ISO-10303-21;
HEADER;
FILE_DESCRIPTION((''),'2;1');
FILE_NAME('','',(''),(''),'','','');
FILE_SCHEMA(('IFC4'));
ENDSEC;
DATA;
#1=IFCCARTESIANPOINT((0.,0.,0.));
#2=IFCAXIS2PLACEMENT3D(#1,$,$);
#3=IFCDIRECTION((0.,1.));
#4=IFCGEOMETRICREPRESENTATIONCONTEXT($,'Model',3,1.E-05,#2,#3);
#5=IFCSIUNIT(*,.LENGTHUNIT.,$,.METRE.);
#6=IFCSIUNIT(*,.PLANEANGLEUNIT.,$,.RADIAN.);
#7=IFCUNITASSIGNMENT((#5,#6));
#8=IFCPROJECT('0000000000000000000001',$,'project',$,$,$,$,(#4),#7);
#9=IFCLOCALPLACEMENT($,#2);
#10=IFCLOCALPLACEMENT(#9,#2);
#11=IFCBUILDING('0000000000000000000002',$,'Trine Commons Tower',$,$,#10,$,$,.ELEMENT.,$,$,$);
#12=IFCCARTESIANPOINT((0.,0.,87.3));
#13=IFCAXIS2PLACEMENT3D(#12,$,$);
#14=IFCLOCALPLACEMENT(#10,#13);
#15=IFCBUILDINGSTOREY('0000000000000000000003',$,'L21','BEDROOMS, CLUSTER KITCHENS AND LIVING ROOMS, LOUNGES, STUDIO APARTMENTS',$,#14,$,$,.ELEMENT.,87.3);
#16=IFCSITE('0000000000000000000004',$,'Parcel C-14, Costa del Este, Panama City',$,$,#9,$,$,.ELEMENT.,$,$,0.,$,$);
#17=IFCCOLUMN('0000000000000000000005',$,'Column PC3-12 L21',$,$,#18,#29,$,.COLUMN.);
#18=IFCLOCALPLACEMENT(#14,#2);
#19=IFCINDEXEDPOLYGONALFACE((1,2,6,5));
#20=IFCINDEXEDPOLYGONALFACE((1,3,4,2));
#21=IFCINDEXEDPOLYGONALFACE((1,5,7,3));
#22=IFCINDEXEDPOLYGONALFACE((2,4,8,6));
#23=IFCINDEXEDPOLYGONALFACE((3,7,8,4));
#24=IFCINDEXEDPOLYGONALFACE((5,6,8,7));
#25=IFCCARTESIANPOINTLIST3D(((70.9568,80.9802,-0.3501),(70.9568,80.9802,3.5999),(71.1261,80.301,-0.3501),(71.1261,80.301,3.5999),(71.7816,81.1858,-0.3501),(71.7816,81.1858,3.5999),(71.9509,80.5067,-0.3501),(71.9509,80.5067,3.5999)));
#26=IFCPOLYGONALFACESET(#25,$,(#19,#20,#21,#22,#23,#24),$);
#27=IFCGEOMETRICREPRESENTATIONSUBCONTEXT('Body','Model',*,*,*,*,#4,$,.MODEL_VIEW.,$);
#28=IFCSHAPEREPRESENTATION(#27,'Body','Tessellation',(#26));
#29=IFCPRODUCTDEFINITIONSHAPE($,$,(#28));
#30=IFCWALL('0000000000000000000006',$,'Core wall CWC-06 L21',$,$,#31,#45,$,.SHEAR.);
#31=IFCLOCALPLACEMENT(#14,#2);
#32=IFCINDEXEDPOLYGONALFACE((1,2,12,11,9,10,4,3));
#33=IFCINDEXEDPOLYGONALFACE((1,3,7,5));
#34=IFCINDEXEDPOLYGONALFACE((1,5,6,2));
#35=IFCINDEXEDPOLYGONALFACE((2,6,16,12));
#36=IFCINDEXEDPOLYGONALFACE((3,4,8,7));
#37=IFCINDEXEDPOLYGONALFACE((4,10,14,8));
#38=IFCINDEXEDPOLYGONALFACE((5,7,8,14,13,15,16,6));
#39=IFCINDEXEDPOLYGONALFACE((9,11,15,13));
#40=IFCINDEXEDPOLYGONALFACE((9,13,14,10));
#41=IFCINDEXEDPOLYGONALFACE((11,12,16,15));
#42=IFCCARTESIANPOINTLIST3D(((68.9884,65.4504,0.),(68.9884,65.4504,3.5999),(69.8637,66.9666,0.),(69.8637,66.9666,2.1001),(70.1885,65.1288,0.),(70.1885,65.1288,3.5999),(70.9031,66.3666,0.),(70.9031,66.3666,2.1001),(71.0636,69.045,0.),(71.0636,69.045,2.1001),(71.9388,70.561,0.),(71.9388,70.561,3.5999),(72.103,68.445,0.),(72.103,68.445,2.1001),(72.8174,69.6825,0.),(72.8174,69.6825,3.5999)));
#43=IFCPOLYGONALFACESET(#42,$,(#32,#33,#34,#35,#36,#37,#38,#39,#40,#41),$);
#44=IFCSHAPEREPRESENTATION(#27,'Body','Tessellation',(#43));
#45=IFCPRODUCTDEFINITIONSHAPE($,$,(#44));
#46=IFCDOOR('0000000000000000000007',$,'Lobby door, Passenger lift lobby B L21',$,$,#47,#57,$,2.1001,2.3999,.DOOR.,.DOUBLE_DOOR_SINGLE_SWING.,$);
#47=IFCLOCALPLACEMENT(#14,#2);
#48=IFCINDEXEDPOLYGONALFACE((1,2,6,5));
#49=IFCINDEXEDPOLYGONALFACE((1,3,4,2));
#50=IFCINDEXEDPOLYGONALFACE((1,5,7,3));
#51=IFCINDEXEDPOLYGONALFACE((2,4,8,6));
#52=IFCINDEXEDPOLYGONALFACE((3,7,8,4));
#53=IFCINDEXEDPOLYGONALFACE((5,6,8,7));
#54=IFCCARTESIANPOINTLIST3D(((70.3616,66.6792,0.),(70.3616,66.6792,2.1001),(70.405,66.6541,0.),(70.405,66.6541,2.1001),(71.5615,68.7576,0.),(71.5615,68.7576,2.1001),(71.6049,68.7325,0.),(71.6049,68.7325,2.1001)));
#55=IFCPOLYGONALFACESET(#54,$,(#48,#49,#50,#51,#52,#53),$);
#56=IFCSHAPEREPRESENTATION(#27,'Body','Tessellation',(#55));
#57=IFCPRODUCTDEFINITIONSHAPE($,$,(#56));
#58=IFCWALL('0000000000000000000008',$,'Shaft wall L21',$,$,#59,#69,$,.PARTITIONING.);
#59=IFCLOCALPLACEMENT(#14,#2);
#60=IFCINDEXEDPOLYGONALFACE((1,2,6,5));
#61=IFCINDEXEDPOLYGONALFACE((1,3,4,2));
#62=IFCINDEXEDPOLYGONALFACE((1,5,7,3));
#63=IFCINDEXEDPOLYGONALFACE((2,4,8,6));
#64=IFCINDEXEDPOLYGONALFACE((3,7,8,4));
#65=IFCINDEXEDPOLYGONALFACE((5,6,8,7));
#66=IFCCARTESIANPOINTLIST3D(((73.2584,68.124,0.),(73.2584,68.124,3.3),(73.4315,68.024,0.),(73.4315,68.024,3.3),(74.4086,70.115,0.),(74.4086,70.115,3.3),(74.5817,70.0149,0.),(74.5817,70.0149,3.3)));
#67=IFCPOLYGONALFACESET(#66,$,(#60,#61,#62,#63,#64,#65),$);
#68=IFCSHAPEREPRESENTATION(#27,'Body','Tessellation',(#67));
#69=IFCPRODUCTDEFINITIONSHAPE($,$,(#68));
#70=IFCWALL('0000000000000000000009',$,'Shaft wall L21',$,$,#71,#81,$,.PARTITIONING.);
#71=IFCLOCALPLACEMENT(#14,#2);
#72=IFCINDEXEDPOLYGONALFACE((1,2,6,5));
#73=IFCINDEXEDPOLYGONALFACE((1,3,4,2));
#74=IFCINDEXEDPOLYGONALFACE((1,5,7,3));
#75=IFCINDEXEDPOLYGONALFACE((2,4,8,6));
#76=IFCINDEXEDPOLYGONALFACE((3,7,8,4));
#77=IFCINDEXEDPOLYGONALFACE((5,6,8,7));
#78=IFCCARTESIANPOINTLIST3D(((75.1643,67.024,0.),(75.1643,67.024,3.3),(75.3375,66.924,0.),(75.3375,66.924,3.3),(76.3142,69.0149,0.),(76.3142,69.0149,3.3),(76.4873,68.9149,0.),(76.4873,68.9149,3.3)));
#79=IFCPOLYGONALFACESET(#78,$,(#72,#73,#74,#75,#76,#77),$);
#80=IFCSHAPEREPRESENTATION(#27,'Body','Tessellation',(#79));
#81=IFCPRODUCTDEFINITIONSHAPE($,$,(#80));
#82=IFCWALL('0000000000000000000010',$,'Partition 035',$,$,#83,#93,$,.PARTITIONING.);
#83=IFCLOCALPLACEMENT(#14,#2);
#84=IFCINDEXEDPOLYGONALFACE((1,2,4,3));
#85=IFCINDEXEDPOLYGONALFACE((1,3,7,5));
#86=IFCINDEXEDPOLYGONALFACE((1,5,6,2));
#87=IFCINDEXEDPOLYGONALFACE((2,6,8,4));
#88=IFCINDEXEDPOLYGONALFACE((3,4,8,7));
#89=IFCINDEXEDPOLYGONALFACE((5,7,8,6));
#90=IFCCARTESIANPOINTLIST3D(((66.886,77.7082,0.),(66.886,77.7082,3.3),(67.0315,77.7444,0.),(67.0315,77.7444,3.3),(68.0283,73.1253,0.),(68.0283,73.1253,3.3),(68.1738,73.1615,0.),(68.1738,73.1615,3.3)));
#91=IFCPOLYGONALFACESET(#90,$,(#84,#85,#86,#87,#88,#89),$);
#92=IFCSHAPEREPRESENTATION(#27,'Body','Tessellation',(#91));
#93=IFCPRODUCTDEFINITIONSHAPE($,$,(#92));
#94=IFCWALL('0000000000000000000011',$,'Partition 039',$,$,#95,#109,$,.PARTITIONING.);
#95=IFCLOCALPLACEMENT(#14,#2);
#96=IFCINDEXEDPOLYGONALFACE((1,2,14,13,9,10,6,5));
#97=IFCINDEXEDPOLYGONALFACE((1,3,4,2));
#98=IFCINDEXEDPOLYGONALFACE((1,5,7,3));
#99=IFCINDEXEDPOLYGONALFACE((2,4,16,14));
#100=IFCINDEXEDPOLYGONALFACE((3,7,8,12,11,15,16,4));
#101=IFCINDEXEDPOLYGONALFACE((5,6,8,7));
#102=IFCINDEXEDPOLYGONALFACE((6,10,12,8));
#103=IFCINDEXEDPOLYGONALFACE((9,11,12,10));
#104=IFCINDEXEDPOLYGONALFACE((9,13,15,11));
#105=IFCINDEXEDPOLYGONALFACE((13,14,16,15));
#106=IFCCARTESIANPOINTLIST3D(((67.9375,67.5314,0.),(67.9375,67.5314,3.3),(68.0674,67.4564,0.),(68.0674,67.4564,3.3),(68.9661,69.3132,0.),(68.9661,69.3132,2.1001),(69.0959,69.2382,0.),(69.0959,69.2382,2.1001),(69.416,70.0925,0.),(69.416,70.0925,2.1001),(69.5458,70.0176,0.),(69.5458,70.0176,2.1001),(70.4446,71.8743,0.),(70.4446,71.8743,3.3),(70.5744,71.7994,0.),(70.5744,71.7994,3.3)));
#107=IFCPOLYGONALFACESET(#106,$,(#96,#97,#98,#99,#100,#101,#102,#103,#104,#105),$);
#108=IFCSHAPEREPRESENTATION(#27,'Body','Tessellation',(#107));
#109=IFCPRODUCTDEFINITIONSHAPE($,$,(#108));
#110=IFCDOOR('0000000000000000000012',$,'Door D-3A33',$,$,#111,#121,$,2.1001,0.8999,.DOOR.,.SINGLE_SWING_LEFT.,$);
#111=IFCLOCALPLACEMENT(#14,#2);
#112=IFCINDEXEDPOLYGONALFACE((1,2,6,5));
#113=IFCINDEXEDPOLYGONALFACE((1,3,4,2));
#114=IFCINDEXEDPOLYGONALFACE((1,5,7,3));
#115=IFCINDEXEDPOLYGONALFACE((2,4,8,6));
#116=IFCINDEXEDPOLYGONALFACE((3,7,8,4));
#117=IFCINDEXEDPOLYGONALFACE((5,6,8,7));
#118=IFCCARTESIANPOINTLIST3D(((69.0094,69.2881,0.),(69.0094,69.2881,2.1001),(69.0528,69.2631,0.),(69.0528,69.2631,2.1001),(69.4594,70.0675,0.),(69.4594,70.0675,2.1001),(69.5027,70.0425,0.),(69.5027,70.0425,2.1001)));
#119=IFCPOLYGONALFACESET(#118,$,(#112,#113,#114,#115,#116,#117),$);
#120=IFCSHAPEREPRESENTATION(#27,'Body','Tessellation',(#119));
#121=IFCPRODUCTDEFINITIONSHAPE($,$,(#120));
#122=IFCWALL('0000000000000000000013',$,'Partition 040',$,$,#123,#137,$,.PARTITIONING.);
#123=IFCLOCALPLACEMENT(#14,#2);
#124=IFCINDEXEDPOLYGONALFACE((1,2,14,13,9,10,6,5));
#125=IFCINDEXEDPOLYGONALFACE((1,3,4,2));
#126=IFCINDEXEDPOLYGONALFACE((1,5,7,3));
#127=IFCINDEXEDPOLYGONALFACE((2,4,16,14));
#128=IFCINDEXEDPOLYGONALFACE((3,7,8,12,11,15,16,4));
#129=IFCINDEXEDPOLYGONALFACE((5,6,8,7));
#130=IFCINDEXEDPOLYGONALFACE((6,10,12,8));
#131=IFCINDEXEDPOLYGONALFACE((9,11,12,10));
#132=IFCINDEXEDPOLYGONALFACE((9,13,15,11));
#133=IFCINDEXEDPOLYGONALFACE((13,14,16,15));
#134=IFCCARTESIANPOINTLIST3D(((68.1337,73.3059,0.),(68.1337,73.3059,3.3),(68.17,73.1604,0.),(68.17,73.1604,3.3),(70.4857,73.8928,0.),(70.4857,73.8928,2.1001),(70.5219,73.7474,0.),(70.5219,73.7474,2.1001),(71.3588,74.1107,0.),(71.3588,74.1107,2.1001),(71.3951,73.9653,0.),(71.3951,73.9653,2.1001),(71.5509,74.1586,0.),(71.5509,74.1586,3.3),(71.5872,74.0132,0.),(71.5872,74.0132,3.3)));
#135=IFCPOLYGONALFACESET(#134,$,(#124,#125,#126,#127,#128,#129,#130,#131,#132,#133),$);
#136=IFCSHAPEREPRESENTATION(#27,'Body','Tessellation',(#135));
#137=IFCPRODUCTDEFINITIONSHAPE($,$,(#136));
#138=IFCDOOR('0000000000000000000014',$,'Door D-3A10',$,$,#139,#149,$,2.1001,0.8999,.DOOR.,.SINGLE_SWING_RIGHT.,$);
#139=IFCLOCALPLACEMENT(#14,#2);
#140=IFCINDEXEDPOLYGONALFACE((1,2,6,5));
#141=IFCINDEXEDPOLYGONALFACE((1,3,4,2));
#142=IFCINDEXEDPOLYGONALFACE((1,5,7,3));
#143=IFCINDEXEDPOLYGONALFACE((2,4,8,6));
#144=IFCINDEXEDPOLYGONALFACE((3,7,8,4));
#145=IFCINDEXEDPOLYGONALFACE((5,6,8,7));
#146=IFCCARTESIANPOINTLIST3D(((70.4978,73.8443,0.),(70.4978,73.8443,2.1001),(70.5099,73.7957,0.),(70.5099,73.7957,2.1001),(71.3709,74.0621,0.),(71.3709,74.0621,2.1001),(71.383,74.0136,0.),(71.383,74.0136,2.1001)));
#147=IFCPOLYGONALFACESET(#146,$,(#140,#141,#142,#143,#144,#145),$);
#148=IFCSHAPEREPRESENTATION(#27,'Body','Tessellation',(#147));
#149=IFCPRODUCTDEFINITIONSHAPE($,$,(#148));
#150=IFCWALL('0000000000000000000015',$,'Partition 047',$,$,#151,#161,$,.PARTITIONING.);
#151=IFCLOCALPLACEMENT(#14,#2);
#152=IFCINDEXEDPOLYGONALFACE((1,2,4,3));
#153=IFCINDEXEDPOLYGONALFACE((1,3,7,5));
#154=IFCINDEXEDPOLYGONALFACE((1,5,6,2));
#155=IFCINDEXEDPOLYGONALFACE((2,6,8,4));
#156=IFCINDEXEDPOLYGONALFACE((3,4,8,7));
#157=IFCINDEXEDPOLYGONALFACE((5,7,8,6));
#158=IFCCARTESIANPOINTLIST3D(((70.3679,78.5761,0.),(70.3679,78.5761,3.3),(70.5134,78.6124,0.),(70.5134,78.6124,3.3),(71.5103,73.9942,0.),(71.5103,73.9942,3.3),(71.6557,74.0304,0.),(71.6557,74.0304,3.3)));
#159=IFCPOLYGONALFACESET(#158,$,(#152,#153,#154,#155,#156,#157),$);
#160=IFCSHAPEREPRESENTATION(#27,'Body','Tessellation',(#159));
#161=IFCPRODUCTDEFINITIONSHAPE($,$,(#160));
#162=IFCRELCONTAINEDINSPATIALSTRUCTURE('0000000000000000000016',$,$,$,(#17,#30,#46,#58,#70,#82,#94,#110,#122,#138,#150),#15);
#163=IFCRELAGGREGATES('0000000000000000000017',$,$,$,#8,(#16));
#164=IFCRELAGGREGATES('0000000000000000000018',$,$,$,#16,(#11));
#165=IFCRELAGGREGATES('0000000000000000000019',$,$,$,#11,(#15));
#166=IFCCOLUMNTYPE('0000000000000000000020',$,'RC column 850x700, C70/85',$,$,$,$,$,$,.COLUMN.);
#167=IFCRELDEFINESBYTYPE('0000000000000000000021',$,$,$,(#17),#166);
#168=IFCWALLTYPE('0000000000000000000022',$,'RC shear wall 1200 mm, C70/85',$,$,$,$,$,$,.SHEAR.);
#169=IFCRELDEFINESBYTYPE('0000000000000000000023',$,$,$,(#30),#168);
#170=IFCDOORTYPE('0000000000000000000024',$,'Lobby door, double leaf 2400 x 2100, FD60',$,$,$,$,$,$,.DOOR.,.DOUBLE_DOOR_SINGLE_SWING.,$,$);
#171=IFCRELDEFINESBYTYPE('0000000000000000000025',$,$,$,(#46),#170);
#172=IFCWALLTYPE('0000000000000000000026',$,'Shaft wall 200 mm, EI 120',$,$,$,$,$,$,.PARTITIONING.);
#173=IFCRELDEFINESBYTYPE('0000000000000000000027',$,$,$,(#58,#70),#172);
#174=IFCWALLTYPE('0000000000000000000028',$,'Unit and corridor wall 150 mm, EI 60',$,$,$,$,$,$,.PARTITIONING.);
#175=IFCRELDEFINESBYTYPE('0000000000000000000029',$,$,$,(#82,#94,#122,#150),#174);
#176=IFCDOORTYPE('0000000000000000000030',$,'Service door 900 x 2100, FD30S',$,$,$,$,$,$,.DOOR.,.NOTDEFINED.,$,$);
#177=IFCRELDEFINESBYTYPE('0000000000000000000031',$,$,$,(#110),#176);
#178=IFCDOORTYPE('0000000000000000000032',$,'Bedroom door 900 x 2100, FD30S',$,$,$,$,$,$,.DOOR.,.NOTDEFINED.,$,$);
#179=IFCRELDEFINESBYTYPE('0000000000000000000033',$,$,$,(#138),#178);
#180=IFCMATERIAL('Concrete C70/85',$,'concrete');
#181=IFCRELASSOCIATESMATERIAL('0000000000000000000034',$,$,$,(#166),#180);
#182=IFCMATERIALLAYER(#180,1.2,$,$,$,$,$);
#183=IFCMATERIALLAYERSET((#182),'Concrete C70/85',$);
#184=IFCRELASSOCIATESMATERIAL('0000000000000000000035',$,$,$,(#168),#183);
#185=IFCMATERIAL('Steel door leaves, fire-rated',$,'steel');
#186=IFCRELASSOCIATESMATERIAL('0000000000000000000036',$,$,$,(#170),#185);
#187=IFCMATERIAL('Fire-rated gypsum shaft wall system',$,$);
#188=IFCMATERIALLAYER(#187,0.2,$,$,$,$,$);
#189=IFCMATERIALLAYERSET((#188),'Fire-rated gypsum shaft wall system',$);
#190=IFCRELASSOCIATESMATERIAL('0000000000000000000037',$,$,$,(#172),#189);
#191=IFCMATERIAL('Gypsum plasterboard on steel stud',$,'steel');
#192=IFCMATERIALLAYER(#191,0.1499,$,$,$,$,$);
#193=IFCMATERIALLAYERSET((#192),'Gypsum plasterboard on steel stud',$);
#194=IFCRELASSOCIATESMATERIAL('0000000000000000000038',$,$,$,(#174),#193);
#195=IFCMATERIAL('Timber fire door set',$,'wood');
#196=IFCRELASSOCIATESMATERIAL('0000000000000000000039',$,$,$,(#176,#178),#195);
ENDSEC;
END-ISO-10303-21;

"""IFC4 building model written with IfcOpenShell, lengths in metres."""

from ifc_helpers import new_model, si_unit, direction, frame, frame_2d, origin, origin_2d, place, context, subcontext, project, spatial, polyline, rectangle, outline, extrude, material, layer, layer_set, material_profile, profile_set, type_object, element, fill, save


model = new_model("IFC4")

# Units and contexts
model_context = context("Model", 3, precision=1e-05, world=origin(), true_north=direction((0.0, 1.0)))
body_context = subcontext(model_context, "Body", "Model", "MODEL_VIEW")
ifc_project = project(units=[si_unit("LENGTHUNIT", "METRE"), si_unit("PLANEANGLEUNIT", "RADIAN")], contexts=[model_context])

# Site, building, storey
site_placement = place(None, origin())
site = spatial("IfcSite", under=ifc_project, at=site_placement, Name="Parcel C-14, Costa del Este, Panama City", CompositionType="ELEMENT", RefElevation=0.0)
building_placement = place(site_placement, origin())
building = spatial("IfcBuilding", under=site, at=building_placement, Name="Trine Commons Tower", CompositionType="ELEMENT")
storey_placement = place(building_placement, frame((0.0, 0.0, 87.3)))
storey = spatial("IfcBuildingStorey", under=building, at=storey_placement, Name="L21", Description="BEDROOMS, CLUSTER KITCHENS AND LIVING ROOMS, LOUNGES, STUDIO APARTMENTS", CompositionType="ELEMENT", Elevation=87.3)

# Column
ifc_material_1 = material(Name="Concrete C70/85", Category="concrete")
ifc_material_profile = material_profile(ifc_material_1, rectangle(XDim=0.8501, YDim=0.7, at=origin_2d()), Name="RC 850x700")
ifc_profile_set = profile_set([ifc_material_profile], Name="Concrete C70/85")
column_type = type_object("IfcColumnType", Name="RC column 850x700, C70/85", PredefinedType="COLUMN", material=ifc_profile_set)
column_placement = place(storey_placement, frame((71.4539, 80.7434, -0.3501), z_axis=(0.0, 0.0, 1.0), x_axis=(0.970296, 0.241922, 0.0)))
element("IfcColumn", 1, at=column_placement, inside=storey, type_object=column_type, Name="Column PC3-12 L21", PredefinedType="COLUMN", context=body_context, shape_type="SweptSolid", body=[
    extrude(rectangle(XDim=0.8501, YDim=0.7, at=origin_2d()), origin(), (0.0, 0.0, 1.0), 3.95),
])

# Wall, opening, door
ifc_layer_1 = layer(ifc_material_1, 1.2)
ifc_layer_set_1 = layer_set([ifc_layer_1], Name="Concrete C70/85")
wall_type_1 = type_object("IfcWallType", Name="RC shear wall 1200 mm, C70/85", PredefinedType="SHEAR", material=ifc_layer_set_1)
wall_1_placement = place(storey_placement, frame((72.4585, 70.261, 0.0), z_axis=(0.0, 0.0, 1.0), x_axis=(-0.499979, -0.866037, 0.0)))
wall_1 = element("IfcWall", 2, at=wall_1_placement, inside=storey, type_object=wall_type_1, Name="Core wall CWC-06 L21", PredefinedType="SHEAR", context=body_context, shape_type="SweptSolid", body=[
    extrude(outline(polyline([(0.0, -0.6001), (5.9011, -0.6001), (5.5796, 0.6001), (0.3215, 0.6001), (0.0, -0.6001)])), origin(), (0.0, 0.0, 1.0), 3.5999),
])
opening_1_placement = place(wall_1_placement, frame((1.7505, 0.0, 0.0)))
opening_1 = element("IfcOpeningElement", 3, at=opening_1_placement, cuts=wall_1, PredefinedType="OPENING", context=body_context, shape_type="SweptSolid", body=[
    extrude(rectangle(XDim=2.3999, YDim=2.1001, at=frame_2d((1.2, 1.05))), frame((0.0, 0.6099, 0.0), z_axis=(0.0, -1.0, 0.0), x_axis=(1.0, 0.0, 0.0)), (0.0, 0.0, 1.0), 1.22),
])
ifc_material_2 = material(Name="Steel door leaves, fire-rated", Category="steel")
door_type_1 = type_object("IfcDoorType", Name="Lobby door, double leaf 2400 x 2100, FD60", OperationType="DOUBLE_DOOR_SINGLE_SWING", PredefinedType="DOOR", material=ifc_material_2)
door_1_placement = place(opening_1_placement, origin())
door_1 = element("IfcDoor", 4, at=door_1_placement, inside=storey, type_object=door_type_1, Name="Lobby door, Passenger lift lobby B L21", OperationType="DOUBLE_DOOR_SINGLE_SWING", OverallHeight=2.1001, OverallWidth=2.3999, PredefinedType="DOOR", context=body_context, shape_type="SweptSolid", body=[
    extrude(rectangle(XDim=2.3999, YDim=2.1001, at=frame_2d((1.2, 1.05))), frame((0.0, 0.0249, 0.0), z_axis=(0.0, -1.0, 0.0), x_axis=(1.0, 0.0, 0.0)), (0.0, 0.0, 1.0), 0.05),
])
fill(opening_1, door_1)

# Walls
ifc_material_3 = material(Name="Fire-rated gypsum shaft wall system")
ifc_layer_2 = layer(ifc_material_3, 0.2)
ifc_layer_set_2 = layer_set([ifc_layer_2], Name="Fire-rated gypsum shaft wall system")
wall_type_2 = type_object("IfcWallType", Name="Shaft wall 200 mm, EI 120", PredefinedType="PARTITIONING", material=ifc_layer_set_2)
wall_2_placement = place(storey_placement, frame((73.345, 68.074, 0.0), z_axis=(0.0, 0.0, 1.0), x_axis=(0.500216, 0.865901, 0.0)))
element("IfcWall", 5, at=wall_2_placement, inside=storey, type_object=wall_type_2, Name="Shaft wall L21", PredefinedType="PARTITIONING", context=body_context, shape_type="SweptSolid", body=[
    extrude(rectangle(XDim=2.2993, YDim=0.2, at=frame_2d((1.1497, 0.0))), origin(), (0.0, 0.0, 1.0), 3.3),
])
wall_3_placement = place(storey_placement, frame((75.251, 66.9741, 0.0), z_axis=(0.0, 0.0, 1.0), x_axis=(0.500136, 0.865947, 0.0)))
element("IfcWall", 6, at=wall_3_placement, inside=storey, type_object=wall_type_2, Name="Shaft wall L21", PredefinedType="PARTITIONING", context=body_context, shape_type="SweptSolid", body=[
    extrude(rectangle(XDim=2.2991, YDim=0.2, at=frame_2d((1.1494, 0.0))), origin(), (0.0, 0.0, 1.0), 3.3),
])
ifc_material_4 = material(Name="Gypsum plasterboard on steel stud", Category="steel")
ifc_layer_3 = layer(ifc_material_4, 0.1499)
ifc_layer_set_3 = layer_set([ifc_layer_3], Name="Gypsum plasterboard on steel stud")
wall_type_3 = type_object("IfcWallType", Name="Unit and corridor wall 150 mm, EI 60", PredefinedType="PARTITIONING", material=ifc_layer_set_3)
wall_4_placement = place(storey_placement, frame((66.9587, 77.7263, 0.0), z_axis=(0.0, 0.0, 1.0), x_axis=(0.241854, -0.970313, 0.0)))
element("IfcWall", 7, at=wall_4_placement, inside=storey, type_object=wall_type_3, Name="Partition 035", PredefinedType="PARTITIONING", context=body_context, shape_type="SweptSolid", body=[
    extrude(rectangle(XDim=4.7231, YDim=0.1499, at=frame_2d((2.3616, 0.0))), origin(), (0.0, 0.0, 1.0), 3.3),
])

# Walls, openings, doors
wall_5_placement = place(storey_placement, frame((68.0024, 67.4939, 0.0), z_axis=(0.0, 0.0, 1.0), x_axis=(0.499946, 0.866057, 0.0)))
wall_5 = element("IfcWall", 8, at=wall_5_placement, inside=storey, type_object=wall_type_3, Name="Partition 039", PredefinedType="PARTITIONING", context=body_context, shape_type="SweptSolid", body=[
    extrude(rectangle(XDim=5.0146, YDim=0.1499, at=frame_2d((2.5073, 0.0))), origin(), (0.0, 0.0, 1.0), 3.3),
])
opening_2_placement = place(wall_5_placement, frame((2.0574, 0.0, 0.0)))
opening_2 = element("IfcOpeningElement", 9, at=opening_2_placement, cuts=wall_5, PredefinedType="OPENING", context=body_context, shape_type="SweptSolid", body=[
    extrude(rectangle(XDim=0.8999, YDim=2.1001, at=frame_2d((0.45, 1.05))), frame((0.0, 0.085, 0.0), z_axis=(0.0, -1.0, 0.0), x_axis=(1.0, 0.0, 0.0)), (0.0, 0.0, 1.0), 0.1699),
])
ifc_material_5 = material(Name="Timber fire door set", Category="wood")
door_type_2 = type_object("IfcDoorType", Name="Service door 900 x 2100, FD30S", OperationType="NOTDEFINED", PredefinedType="DOOR", material=ifc_material_5)
door_2_placement = place(opening_2_placement, origin())
door_2 = element("IfcDoor", 10, at=door_2_placement, inside=storey, type_object=door_type_2, Name="Door D-3A33", OperationType="SINGLE_SWING_LEFT", OverallHeight=2.1001, OverallWidth=0.8999, PredefinedType="DOOR", context=body_context, shape_type="SweptSolid", body=[
    extrude(rectangle(XDim=0.8999, YDim=2.1001, at=frame_2d((0.45, 1.05))), frame((0.0, 0.0249, 0.0), z_axis=(0.0, -1.0, 0.0), x_axis=(1.0, 0.0, 0.0)), (0.0, 0.0, 1.0), 0.05),
])
fill(opening_2, door_2)
wall_6_placement = place(storey_placement, frame((68.1519, 73.2332, 0.0), z_axis=(0.0, 0.0, 1.0), x_axis=(0.970244, 0.242128, 0.0)))
wall_6 = element("IfcWall", 11, at=wall_6_placement, inside=storey, type_object=wall_type_3, Name="Partition 040", PredefinedType="PARTITIONING", context=body_context, shape_type="SweptSolid", body=[
    extrude(rectangle(XDim=3.522, YDim=0.1499, at=frame_2d((1.761, 0.0))), origin(), (0.0, 0.0, 1.0), 3.3),
])
opening_3_placement = place(wall_6_placement, frame((2.4241, 0.0, 0.0)))
opening_3 = element("IfcOpeningElement", 12, at=opening_3_placement, cuts=wall_6, PredefinedType="OPENING", context=body_context, shape_type="SweptSolid", body=[
    extrude(rectangle(XDim=0.8999, YDim=2.1001, at=frame_2d((0.45, 1.05))), frame((0.0, 0.085, 0.0), z_axis=(0.0, -1.0, 0.0), x_axis=(1.0, 0.0, 0.0)), (0.0, 0.0, 1.0), 0.1699),
])
door_type_3 = type_object("IfcDoorType", Name="Bedroom door 900 x 2100, FD30S", OperationType="NOTDEFINED", PredefinedType="DOOR", material=ifc_material_5)
door_3_placement = place(opening_3_placement, origin())
door_3 = element("IfcDoor", 13, at=door_3_placement, inside=storey, type_object=door_type_3, Name="Door D-3A10", OperationType="SINGLE_SWING_RIGHT", OverallHeight=2.1001, OverallWidth=0.8999, PredefinedType="DOOR", context=body_context, shape_type="SweptSolid", body=[
    extrude(rectangle(XDim=0.8999, YDim=2.1001, at=frame_2d((0.45, 1.05))), frame((0.0, 0.0249, 0.0), z_axis=(0.0, -1.0, 0.0), x_axis=(1.0, 0.0, 0.0)), (0.0, 0.0, 1.0), 0.05),
])
fill(opening_3, door_3)

# Wall
wall_7_placement = place(storey_placement, frame((70.4407, 78.5942, 0.0), z_axis=(0.0, 0.0, 1.0), x_axis=(0.241903, -0.9703, 0.0)))
element("IfcWall", 14, at=wall_7_placement, inside=storey, type_object=wall_type_3, Name="Partition 047", PredefinedType="PARTITIONING", context=body_context, shape_type="SweptSolid", body=[
    extrude(rectangle(XDim=4.7222, YDim=0.1499, at=frame_2d((2.3611, 0.0))), origin(), (0.0, 0.0, 1.0), 3.3),
])

save(model, "model.ifc")
